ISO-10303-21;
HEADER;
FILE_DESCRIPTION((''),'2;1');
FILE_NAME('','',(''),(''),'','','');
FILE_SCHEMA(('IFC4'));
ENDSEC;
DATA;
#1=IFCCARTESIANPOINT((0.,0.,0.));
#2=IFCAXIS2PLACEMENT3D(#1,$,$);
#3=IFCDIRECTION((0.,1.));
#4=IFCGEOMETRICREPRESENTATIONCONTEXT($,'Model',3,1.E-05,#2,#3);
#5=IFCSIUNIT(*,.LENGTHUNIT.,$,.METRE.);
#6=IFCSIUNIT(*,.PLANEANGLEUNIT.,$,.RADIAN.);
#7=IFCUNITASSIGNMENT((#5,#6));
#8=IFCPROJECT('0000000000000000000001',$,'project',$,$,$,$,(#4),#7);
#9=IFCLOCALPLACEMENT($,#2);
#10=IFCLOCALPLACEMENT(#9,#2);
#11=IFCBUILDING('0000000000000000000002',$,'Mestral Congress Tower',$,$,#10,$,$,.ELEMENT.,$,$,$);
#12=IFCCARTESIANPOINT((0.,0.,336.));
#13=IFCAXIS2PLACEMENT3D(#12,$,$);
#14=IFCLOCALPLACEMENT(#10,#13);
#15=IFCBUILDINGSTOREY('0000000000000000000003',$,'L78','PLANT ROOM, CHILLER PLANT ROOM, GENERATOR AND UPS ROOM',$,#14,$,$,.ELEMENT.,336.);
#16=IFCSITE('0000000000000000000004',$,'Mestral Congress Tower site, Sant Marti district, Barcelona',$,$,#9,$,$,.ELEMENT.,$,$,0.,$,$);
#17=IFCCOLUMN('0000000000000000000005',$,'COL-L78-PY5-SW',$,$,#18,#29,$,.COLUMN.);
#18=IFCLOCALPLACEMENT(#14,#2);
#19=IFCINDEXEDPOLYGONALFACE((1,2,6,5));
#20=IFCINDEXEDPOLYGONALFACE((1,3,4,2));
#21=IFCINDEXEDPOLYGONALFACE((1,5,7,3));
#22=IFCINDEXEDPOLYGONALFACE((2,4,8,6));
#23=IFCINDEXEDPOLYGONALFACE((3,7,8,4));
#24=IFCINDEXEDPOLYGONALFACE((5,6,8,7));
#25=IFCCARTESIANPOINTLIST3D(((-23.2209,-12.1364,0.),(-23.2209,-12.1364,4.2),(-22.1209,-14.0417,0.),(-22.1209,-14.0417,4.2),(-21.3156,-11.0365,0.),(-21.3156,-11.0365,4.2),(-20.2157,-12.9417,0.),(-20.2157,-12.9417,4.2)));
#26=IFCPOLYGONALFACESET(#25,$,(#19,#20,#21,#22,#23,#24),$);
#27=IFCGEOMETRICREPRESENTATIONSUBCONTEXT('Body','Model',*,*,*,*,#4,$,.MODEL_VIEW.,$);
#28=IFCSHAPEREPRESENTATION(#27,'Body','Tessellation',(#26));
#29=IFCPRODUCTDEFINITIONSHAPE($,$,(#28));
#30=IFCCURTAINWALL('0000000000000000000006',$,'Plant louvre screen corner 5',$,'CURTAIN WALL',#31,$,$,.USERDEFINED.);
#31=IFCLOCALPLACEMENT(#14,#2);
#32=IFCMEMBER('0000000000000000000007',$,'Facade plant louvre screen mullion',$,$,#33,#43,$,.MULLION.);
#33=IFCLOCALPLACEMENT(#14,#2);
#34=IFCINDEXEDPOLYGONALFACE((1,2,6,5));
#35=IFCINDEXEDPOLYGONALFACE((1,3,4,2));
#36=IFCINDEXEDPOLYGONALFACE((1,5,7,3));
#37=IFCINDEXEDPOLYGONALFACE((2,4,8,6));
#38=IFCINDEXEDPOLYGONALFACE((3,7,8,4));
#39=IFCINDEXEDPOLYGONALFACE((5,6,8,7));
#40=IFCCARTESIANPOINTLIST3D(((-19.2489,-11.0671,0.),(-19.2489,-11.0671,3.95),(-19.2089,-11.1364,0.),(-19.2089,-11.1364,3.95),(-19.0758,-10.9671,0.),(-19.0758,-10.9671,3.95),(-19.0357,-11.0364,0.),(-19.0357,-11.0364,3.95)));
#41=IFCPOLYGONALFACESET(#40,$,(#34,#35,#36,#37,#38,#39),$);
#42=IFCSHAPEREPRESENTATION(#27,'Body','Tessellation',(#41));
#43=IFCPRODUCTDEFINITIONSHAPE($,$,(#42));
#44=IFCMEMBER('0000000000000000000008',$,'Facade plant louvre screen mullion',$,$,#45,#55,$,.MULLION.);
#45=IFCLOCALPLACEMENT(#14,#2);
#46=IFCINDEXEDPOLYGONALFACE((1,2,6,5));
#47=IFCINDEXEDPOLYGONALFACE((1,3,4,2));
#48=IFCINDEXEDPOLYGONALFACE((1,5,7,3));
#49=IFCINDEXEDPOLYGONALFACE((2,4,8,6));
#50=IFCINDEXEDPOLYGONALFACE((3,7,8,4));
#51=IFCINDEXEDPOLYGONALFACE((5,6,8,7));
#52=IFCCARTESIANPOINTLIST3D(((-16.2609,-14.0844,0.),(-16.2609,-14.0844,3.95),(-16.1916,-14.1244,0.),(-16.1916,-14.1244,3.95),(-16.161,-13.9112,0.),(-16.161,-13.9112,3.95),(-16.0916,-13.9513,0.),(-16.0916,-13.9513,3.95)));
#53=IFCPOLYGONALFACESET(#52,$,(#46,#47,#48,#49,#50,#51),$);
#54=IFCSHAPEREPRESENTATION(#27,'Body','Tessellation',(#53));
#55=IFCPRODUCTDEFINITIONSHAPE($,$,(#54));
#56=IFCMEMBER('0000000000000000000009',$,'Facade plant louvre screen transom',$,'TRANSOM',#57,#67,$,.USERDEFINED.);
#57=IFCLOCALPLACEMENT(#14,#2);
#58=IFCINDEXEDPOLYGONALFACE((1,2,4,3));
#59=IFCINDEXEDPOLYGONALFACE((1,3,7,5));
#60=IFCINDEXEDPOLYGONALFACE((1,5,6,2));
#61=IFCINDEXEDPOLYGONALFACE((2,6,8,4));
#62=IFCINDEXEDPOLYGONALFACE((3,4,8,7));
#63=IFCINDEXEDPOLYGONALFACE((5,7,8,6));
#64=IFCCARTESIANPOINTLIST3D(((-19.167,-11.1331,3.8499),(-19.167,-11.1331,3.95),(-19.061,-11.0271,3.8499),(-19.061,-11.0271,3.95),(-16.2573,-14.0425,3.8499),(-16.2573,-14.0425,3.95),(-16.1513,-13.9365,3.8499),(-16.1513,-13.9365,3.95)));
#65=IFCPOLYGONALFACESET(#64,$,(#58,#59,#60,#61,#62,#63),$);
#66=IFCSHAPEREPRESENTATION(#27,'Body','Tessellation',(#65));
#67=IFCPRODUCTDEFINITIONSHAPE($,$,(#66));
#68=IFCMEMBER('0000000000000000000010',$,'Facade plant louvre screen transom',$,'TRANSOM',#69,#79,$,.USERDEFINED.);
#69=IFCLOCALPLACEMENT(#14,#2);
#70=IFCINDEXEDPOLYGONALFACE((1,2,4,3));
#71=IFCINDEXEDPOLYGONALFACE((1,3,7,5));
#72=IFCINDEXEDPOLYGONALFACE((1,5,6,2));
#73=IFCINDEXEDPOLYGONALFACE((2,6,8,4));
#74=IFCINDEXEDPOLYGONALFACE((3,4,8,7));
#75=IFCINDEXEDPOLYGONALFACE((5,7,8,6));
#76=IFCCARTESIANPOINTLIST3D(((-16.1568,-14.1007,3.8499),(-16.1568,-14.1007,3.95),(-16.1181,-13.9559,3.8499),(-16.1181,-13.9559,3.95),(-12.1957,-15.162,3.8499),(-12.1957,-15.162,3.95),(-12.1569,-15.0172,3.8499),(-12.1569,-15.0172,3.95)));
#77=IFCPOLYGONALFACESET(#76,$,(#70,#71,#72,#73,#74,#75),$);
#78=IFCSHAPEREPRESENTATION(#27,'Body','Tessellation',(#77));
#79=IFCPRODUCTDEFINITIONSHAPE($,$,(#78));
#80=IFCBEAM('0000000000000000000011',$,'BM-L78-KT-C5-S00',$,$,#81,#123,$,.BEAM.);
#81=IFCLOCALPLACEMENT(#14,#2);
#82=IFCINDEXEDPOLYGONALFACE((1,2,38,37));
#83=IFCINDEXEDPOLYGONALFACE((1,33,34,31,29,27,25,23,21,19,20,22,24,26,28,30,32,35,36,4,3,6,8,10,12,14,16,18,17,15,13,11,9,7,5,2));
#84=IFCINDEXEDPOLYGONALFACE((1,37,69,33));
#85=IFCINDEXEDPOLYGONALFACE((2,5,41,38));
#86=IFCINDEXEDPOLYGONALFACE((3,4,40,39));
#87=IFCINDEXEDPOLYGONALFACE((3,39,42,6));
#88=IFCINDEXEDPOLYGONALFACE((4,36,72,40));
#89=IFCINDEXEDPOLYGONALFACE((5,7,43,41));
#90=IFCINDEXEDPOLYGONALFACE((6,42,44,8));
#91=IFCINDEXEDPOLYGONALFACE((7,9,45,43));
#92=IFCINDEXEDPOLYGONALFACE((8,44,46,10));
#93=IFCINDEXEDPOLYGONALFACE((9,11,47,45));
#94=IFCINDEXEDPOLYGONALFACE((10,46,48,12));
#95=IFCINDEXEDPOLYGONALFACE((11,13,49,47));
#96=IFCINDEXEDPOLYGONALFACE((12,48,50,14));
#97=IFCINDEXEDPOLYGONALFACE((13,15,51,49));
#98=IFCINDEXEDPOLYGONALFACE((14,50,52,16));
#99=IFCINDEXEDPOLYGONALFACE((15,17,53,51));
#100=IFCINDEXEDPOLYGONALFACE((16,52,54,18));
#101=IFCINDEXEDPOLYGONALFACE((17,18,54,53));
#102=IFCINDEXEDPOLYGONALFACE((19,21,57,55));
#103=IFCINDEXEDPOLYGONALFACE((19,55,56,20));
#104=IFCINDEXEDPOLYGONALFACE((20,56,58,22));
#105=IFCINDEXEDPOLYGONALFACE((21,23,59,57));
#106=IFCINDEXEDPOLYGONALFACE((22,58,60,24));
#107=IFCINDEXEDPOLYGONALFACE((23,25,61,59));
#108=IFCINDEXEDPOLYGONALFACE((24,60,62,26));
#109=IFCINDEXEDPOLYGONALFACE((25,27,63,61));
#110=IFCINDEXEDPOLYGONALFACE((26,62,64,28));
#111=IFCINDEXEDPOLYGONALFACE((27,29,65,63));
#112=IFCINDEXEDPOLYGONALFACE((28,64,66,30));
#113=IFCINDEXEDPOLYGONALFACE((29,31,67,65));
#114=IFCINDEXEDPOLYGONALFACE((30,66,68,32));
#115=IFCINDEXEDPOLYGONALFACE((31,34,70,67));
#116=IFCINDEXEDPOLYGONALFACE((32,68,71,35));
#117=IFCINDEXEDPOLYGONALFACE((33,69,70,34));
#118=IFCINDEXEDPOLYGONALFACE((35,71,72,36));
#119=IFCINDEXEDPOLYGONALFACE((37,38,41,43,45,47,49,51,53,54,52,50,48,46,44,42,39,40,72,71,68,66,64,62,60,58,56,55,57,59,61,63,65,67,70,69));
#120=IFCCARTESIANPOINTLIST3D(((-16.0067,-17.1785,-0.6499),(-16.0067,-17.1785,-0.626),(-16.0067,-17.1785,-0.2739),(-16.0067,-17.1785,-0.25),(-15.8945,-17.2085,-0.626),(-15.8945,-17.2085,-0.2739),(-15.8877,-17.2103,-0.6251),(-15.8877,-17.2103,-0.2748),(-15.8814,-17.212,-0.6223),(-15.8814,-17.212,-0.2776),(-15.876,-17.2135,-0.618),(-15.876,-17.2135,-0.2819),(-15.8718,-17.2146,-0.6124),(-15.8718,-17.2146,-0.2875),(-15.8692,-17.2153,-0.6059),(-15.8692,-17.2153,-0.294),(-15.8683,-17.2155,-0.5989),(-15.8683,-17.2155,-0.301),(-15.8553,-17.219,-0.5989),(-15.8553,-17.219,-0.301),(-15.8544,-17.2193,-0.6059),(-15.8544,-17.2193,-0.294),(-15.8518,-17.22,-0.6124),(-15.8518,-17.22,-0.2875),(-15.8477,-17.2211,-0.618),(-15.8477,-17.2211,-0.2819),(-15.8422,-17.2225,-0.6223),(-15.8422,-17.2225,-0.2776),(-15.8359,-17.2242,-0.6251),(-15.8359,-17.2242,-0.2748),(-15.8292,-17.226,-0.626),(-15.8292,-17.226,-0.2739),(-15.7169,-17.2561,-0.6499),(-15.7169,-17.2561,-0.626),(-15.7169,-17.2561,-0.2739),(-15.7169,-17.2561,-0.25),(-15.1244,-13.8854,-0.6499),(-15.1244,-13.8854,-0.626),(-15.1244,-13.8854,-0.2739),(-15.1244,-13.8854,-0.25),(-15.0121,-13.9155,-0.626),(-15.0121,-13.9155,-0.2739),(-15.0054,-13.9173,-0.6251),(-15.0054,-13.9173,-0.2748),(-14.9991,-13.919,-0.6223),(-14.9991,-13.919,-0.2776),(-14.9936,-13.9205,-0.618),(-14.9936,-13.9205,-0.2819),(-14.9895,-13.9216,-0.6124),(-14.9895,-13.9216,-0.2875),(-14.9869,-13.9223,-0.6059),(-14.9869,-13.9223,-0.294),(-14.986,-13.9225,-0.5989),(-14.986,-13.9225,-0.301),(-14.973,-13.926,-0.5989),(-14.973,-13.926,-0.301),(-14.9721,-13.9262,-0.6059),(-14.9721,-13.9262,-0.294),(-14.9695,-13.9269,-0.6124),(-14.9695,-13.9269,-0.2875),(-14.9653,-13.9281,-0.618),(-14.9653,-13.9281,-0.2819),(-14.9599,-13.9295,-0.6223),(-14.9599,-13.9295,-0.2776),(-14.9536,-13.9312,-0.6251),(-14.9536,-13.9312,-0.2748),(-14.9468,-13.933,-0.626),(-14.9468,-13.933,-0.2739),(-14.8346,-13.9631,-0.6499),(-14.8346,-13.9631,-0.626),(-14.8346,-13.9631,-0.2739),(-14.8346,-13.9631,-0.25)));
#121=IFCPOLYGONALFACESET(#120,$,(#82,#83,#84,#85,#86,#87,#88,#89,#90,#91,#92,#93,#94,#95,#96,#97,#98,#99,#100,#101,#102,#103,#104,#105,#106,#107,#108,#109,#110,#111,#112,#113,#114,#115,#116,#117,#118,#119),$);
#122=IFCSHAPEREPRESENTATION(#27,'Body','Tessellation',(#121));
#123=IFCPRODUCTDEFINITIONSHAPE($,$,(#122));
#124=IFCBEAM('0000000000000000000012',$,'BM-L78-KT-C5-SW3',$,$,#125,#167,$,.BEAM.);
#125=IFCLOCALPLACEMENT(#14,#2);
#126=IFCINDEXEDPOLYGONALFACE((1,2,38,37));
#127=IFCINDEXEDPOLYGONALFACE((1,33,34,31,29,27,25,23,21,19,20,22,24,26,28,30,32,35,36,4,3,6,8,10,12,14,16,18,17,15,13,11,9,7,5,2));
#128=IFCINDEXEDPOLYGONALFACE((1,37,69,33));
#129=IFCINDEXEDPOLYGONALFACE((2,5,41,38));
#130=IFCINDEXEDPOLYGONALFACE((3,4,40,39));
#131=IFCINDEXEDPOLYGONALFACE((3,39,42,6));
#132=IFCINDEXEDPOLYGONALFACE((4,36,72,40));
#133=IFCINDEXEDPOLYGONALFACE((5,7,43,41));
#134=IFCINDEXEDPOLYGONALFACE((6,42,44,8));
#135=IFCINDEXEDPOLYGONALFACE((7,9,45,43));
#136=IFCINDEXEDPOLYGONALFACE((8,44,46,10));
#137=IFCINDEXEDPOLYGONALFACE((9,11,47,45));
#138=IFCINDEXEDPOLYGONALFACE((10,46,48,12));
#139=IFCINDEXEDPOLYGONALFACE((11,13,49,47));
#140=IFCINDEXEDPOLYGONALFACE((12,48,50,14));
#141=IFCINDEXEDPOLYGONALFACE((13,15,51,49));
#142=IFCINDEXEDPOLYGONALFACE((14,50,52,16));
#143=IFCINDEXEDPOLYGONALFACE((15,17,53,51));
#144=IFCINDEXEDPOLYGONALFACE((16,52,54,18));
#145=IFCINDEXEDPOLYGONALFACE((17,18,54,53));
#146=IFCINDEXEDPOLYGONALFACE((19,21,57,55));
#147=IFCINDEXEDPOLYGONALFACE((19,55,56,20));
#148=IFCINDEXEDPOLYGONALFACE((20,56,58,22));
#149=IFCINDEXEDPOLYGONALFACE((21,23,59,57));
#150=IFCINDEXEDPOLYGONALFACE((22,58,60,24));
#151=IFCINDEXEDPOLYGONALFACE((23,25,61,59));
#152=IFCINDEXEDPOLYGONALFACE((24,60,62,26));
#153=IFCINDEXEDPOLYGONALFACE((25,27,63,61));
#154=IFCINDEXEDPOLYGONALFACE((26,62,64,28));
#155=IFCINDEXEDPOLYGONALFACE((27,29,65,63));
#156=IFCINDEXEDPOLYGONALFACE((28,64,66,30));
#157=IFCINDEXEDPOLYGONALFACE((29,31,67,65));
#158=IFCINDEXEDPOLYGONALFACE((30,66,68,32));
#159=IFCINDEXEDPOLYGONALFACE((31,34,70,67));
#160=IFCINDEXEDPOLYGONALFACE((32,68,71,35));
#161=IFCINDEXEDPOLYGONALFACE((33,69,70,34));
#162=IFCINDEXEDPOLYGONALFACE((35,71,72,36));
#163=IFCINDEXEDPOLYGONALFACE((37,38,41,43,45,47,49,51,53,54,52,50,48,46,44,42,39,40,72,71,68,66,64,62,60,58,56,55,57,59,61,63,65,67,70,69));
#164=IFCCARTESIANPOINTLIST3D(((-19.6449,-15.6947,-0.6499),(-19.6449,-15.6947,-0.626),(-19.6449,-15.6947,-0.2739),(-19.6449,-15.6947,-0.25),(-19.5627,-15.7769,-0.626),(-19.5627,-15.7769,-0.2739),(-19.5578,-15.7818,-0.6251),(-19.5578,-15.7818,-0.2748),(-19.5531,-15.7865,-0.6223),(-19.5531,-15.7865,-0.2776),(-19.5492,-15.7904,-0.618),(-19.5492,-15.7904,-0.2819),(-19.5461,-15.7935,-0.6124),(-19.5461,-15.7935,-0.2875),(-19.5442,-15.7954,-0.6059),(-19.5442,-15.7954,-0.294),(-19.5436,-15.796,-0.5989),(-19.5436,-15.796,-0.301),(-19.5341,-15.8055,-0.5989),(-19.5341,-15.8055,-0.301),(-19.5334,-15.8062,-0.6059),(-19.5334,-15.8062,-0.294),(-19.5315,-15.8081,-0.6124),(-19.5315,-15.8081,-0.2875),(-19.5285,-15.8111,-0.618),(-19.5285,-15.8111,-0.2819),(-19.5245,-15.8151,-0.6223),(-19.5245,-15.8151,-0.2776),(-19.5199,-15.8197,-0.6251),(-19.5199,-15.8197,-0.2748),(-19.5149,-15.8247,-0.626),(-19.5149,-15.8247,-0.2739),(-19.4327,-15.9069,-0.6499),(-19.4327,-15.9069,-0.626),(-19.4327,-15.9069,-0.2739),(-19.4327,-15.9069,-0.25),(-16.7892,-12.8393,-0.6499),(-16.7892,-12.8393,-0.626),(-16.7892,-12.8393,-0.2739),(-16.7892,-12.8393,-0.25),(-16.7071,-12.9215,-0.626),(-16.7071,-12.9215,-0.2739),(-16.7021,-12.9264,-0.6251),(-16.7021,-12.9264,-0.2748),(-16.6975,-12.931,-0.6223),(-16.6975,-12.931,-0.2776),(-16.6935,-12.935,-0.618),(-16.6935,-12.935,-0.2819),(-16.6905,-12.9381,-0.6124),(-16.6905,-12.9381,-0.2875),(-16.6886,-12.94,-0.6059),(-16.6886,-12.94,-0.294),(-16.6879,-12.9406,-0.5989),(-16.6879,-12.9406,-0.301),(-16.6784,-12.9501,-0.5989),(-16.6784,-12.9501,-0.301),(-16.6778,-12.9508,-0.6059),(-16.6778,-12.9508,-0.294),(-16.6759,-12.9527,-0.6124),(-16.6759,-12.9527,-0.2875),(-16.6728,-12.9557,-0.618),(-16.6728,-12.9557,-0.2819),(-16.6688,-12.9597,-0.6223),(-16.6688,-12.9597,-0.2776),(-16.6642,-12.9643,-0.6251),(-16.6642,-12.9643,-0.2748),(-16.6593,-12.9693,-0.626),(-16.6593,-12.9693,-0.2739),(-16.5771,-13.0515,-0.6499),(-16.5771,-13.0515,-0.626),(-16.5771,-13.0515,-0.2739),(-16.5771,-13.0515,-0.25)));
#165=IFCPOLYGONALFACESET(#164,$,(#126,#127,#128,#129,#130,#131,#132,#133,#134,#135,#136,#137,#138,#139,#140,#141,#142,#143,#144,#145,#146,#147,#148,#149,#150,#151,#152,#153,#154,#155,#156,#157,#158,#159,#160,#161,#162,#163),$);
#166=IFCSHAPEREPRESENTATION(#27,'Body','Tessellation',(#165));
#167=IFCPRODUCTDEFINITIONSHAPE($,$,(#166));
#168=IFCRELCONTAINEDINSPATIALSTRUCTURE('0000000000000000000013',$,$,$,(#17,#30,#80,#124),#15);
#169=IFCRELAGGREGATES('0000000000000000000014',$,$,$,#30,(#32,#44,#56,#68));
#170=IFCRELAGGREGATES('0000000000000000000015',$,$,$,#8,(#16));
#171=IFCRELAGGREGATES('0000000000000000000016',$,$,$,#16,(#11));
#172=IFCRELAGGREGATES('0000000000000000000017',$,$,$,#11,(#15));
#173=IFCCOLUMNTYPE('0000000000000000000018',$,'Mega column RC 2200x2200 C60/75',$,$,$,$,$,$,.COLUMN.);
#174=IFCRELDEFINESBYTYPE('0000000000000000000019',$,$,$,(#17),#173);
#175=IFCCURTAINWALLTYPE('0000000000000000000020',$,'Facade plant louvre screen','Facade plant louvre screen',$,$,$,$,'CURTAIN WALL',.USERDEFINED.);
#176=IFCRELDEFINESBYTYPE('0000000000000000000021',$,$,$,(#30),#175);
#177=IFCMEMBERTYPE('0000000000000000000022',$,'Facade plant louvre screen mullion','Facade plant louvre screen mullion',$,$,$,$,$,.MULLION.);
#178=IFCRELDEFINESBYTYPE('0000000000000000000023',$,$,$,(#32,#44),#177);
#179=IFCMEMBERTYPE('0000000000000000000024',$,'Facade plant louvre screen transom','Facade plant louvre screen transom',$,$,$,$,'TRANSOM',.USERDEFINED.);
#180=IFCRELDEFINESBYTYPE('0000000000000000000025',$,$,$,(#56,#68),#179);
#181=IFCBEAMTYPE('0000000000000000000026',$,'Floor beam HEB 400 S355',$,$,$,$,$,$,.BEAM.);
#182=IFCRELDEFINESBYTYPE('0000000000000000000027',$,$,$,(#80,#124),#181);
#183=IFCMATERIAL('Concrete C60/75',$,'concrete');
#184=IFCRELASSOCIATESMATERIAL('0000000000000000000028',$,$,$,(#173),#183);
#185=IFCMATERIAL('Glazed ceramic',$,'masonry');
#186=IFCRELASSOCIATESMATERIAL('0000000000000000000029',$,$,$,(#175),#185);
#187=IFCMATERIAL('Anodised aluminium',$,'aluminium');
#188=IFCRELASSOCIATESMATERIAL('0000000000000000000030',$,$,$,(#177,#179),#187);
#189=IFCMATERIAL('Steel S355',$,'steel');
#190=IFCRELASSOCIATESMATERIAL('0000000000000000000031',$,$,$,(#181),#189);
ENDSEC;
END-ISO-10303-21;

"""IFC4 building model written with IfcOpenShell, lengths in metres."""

from ifc_helpers import new_model, si_unit, direction, frame, origin, origin_2d, place, context, subcontext, project, spatial, rectangle, i_section, extrude, material, material_profile, profile_set, type_object, element, aggregate, save


model = new_model("IFC4")

# Units and contexts
model_context = context("Model", 3, precision=1e-05, world=origin(), true_north=direction((0.0, 1.0)))
body_context = subcontext(model_context, "Body", "Model", "MODEL_VIEW")
ifc_project = project(units=[si_unit("LENGTHUNIT", "METRE"), si_unit("PLANEANGLEUNIT", "RADIAN")], contexts=[model_context])

# Site, building, storey
site_placement = place(None, origin())
site = spatial("IfcSite", under=ifc_project, at=site_placement, Name="Mestral Congress Tower site, Sant Marti district, Barcelona", CompositionType="ELEMENT", RefElevation=0.0)
building_placement = place(site_placement, origin())
building = spatial("IfcBuilding", under=site, at=building_placement, Name="Mestral Congress Tower", CompositionType="ELEMENT")
storey_placement = place(building_placement, frame((0.0, 0.0, 336.0)))
storey = spatial("IfcBuildingStorey", under=building, at=storey_placement, Name="L78", Description="PLANT ROOM, CHILLER PLANT ROOM, GENERATOR AND UPS ROOM", CompositionType="ELEMENT", Elevation=336.0)

# Column
ifc_material_1 = material(Name="Steel S355", Category="steel")
ifc_material_2 = material(Name="Concrete C60/75", Category="concrete")
ifc_material_profile_1 = material_profile(ifc_material_2, rectangle(XDim=2.2, YDim=2.2, at=origin_2d()), Name="RC 2200x2200")
ifc_profile_set_1 = profile_set([ifc_material_profile_1], Name="Concrete C60/75")
column_type_1 = type_object("IfcColumnType", Name="Mega column RC 2200x2200 C60/75", PredefinedType="COLUMN", material=ifc_profile_set_1)
column_placement = place(storey_placement, frame((-21.7183, -12.5391, 0.0), z_axis=(0.0, 0.0, 1.0), x_axis=(-0.866025, -0.5, 0.0)))
element("IfcColumn", 1, at=column_placement, inside=storey, type_object=column_type_1, Name="COL-L78-PY5-SW", PredefinedType="COLUMN", context=body_context, shape_type="SweptSolid", body=[
    extrude(rectangle(XDim=2.2, YDim=2.2, at=origin_2d()), origin(), (0.0, 0.0, 1.0), 4.2),
])

# Curtain wall, members
ifc_material_3 = material(Name="Glazed ceramic", Category="masonry")
curtain_wall_type = type_object("IfcCurtainWallType", Name="Facade plant louvre screen", Description="Facade plant louvre screen", ElementType="CURTAIN WALL", PredefinedType="USERDEFINED", material=ifc_material_3)
curtain_wall_placement = place(storey_placement, origin())
curtain_wall = element("IfcCurtainWall", 2, at=curtain_wall_placement, inside=storey, type_object=curtain_wall_type, Name="Plant louvre screen corner 5", ObjectType="CURTAIN WALL", PredefinedType="USERDEFINED")
ifc_material_4 = material(Name="Anodised aluminium", Category="aluminium")
ifc_material_profile_2 = material_profile(ifc_material_4, rectangle(XDim=0.2, YDim=0.0801, at=origin_2d()), Name="CW6 mullion 200 x 80")
ifc_profile_set_2 = profile_set([ifc_material_profile_2], Name="Anodised aluminium")
member_type_1 = type_object("IfcMemberType", Name="Facade plant louvre screen mullion", Description="Facade plant louvre screen mullion", PredefinedType="MULLION", material=ifc_profile_set_2)
member_1_placement = place(storey_placement, frame((-19.1423, -11.0518, 0.0), z_axis=(0.0, 0.0, 1.0), x_axis=(-0.866025, -0.5, 0.0)))
member_1 = element("IfcMember", 3, at=member_1_placement, type_object=member_type_1, Name="Facade plant louvre screen mullion", PredefinedType="MULLION", context=body_context, shape_type="SweptSolid", body=[
    extrude(rectangle(XDim=0.2, YDim=0.0801, at=origin_2d()), origin(), (0.0, 0.0, 1.0), 3.95),
])
member_2_placement = place(storey_placement, frame((-16.1763, -14.0178, 0.0), z_axis=(0.0, 0.0, 1.0), x_axis=(-0.5, -0.866025, 0.0)))
member_2 = element("IfcMember", 4, at=member_2_placement, type_object=member_type_1, Name="Facade plant louvre screen mullion", PredefinedType="MULLION", context=body_context, shape_type="SweptSolid", body=[
    extrude(rectangle(XDim=0.2, YDim=0.0801, at=origin_2d()), origin(), (0.0, 0.0, 1.0), 3.95),
])
ifc_material_profile_3 = material_profile(ifc_material_4, rectangle(XDim=0.1499, YDim=0.1001, at=origin_2d()), Name="CW6 transom 150 x 100")
ifc_profile_set_3 = profile_set([ifc_material_profile_3], Name="Anodised aluminium")
member_type_2 = type_object("IfcMemberType", Name="Facade plant louvre screen transom", Description="Facade plant louvre screen transom", ElementType="TRANSOM", PredefinedType="USERDEFINED", material=ifc_profile_set_3)
member_3_placement = place(storey_placement, frame((-19.114, -11.0801, 3.8999), z_axis=(0.707136, -0.707077, 0.0), x_axis=(0.707077, 0.707136, 0.0)))
member_3 = element("IfcMember", 5, at=member_3_placement, type_object=member_type_2, Name="Facade plant louvre screen transom", ObjectType="TRANSOM", PredefinedType="USERDEFINED", context=body_context, shape_type="SweptSolid", body=[
    extrude(rectangle(XDim=0.1499, YDim=0.1001, at=origin_2d()), origin(), (0.0, 0.0, 1.0), 4.1147),
])
member_4_placement = place(storey_placement, frame((-16.1375, -14.0283, 3.8999), z_axis=(0.965933, -0.258793, 0.0), x_axis=(0.258793, 0.965933, 0.0)))
member_4 = element("IfcMember", 6, at=member_4_placement, type_object=member_type_2, Name="Facade plant louvre screen transom", ObjectType="TRANSOM", PredefinedType="USERDEFINED", context=body_context, shape_type="SweptSolid", body=[
    extrude(rectangle(XDim=0.1499, YDim=0.1001, at=origin_2d()), origin(), (0.0, 0.0, 1.0), 4.1008),
])

# Beams
ifc_material_profile_4 = material_profile(ifc_material_1, i_section(OverallWidth=0.3, OverallDepth=0.3999, WebThickness=0.0134, FlangeThickness=0.0239, FilletRadius=0.0271, at=origin_2d()), Name="HEB 400")
ifc_profile_set_4 = profile_set([ifc_material_profile_4], Name="Steel S355")
beam_type_1 = type_object("IfcBeamType", Name="Floor beam HEB 400 S355", PredefinedType="BEAM", material=ifc_profile_set_4)
beam_1_placement = place(storey_placement, frame((-15.8618, -17.2173, -0.45), z_axis=(0.258812, 0.965928, 0.0), x_axis=(-0.965928, 0.258812, 0.0)))
element("IfcBeam", 7, at=beam_1_placement, inside=storey, type_object=beam_type_1, Name="BM-L78-KT-C5-S00", PredefinedType="BEAM", context=body_context, shape_type="SweptSolid", body=[
    extrude(i_section(OverallWidth=0.3, OverallDepth=0.3999, WebThickness=0.0134, FlangeThickness=0.0239, FilletRadius=0.0271, at=origin_2d()), origin(), (0.0, 0.0, 1.0), 3.4092),
])
beam_2_placement = place(storey_placement, frame((-19.5388, -15.8008, -0.45), z_axis=(0.707137, 0.707077, 0.0), x_axis=(-0.707077, 0.707137, 0.0)))
element("IfcBeam", 8, at=beam_2_placement, inside=storey, type_object=beam_type_1, Name="BM-L78-KT-C5-SW3", PredefinedType="BEAM", context=body_context, shape_type="SweptSolid", body=[
    extrude(i_section(OverallWidth=0.3, OverallDepth=0.3999, WebThickness=0.0134, FlangeThickness=0.0239, FilletRadius=0.0271, at=origin_2d()), origin(), (0.0, 0.0, 1.0), 4.0383),
])

aggregate(curtain_wall, [member_1, member_2, member_3, member_4])

save(model, "model.ifc")
